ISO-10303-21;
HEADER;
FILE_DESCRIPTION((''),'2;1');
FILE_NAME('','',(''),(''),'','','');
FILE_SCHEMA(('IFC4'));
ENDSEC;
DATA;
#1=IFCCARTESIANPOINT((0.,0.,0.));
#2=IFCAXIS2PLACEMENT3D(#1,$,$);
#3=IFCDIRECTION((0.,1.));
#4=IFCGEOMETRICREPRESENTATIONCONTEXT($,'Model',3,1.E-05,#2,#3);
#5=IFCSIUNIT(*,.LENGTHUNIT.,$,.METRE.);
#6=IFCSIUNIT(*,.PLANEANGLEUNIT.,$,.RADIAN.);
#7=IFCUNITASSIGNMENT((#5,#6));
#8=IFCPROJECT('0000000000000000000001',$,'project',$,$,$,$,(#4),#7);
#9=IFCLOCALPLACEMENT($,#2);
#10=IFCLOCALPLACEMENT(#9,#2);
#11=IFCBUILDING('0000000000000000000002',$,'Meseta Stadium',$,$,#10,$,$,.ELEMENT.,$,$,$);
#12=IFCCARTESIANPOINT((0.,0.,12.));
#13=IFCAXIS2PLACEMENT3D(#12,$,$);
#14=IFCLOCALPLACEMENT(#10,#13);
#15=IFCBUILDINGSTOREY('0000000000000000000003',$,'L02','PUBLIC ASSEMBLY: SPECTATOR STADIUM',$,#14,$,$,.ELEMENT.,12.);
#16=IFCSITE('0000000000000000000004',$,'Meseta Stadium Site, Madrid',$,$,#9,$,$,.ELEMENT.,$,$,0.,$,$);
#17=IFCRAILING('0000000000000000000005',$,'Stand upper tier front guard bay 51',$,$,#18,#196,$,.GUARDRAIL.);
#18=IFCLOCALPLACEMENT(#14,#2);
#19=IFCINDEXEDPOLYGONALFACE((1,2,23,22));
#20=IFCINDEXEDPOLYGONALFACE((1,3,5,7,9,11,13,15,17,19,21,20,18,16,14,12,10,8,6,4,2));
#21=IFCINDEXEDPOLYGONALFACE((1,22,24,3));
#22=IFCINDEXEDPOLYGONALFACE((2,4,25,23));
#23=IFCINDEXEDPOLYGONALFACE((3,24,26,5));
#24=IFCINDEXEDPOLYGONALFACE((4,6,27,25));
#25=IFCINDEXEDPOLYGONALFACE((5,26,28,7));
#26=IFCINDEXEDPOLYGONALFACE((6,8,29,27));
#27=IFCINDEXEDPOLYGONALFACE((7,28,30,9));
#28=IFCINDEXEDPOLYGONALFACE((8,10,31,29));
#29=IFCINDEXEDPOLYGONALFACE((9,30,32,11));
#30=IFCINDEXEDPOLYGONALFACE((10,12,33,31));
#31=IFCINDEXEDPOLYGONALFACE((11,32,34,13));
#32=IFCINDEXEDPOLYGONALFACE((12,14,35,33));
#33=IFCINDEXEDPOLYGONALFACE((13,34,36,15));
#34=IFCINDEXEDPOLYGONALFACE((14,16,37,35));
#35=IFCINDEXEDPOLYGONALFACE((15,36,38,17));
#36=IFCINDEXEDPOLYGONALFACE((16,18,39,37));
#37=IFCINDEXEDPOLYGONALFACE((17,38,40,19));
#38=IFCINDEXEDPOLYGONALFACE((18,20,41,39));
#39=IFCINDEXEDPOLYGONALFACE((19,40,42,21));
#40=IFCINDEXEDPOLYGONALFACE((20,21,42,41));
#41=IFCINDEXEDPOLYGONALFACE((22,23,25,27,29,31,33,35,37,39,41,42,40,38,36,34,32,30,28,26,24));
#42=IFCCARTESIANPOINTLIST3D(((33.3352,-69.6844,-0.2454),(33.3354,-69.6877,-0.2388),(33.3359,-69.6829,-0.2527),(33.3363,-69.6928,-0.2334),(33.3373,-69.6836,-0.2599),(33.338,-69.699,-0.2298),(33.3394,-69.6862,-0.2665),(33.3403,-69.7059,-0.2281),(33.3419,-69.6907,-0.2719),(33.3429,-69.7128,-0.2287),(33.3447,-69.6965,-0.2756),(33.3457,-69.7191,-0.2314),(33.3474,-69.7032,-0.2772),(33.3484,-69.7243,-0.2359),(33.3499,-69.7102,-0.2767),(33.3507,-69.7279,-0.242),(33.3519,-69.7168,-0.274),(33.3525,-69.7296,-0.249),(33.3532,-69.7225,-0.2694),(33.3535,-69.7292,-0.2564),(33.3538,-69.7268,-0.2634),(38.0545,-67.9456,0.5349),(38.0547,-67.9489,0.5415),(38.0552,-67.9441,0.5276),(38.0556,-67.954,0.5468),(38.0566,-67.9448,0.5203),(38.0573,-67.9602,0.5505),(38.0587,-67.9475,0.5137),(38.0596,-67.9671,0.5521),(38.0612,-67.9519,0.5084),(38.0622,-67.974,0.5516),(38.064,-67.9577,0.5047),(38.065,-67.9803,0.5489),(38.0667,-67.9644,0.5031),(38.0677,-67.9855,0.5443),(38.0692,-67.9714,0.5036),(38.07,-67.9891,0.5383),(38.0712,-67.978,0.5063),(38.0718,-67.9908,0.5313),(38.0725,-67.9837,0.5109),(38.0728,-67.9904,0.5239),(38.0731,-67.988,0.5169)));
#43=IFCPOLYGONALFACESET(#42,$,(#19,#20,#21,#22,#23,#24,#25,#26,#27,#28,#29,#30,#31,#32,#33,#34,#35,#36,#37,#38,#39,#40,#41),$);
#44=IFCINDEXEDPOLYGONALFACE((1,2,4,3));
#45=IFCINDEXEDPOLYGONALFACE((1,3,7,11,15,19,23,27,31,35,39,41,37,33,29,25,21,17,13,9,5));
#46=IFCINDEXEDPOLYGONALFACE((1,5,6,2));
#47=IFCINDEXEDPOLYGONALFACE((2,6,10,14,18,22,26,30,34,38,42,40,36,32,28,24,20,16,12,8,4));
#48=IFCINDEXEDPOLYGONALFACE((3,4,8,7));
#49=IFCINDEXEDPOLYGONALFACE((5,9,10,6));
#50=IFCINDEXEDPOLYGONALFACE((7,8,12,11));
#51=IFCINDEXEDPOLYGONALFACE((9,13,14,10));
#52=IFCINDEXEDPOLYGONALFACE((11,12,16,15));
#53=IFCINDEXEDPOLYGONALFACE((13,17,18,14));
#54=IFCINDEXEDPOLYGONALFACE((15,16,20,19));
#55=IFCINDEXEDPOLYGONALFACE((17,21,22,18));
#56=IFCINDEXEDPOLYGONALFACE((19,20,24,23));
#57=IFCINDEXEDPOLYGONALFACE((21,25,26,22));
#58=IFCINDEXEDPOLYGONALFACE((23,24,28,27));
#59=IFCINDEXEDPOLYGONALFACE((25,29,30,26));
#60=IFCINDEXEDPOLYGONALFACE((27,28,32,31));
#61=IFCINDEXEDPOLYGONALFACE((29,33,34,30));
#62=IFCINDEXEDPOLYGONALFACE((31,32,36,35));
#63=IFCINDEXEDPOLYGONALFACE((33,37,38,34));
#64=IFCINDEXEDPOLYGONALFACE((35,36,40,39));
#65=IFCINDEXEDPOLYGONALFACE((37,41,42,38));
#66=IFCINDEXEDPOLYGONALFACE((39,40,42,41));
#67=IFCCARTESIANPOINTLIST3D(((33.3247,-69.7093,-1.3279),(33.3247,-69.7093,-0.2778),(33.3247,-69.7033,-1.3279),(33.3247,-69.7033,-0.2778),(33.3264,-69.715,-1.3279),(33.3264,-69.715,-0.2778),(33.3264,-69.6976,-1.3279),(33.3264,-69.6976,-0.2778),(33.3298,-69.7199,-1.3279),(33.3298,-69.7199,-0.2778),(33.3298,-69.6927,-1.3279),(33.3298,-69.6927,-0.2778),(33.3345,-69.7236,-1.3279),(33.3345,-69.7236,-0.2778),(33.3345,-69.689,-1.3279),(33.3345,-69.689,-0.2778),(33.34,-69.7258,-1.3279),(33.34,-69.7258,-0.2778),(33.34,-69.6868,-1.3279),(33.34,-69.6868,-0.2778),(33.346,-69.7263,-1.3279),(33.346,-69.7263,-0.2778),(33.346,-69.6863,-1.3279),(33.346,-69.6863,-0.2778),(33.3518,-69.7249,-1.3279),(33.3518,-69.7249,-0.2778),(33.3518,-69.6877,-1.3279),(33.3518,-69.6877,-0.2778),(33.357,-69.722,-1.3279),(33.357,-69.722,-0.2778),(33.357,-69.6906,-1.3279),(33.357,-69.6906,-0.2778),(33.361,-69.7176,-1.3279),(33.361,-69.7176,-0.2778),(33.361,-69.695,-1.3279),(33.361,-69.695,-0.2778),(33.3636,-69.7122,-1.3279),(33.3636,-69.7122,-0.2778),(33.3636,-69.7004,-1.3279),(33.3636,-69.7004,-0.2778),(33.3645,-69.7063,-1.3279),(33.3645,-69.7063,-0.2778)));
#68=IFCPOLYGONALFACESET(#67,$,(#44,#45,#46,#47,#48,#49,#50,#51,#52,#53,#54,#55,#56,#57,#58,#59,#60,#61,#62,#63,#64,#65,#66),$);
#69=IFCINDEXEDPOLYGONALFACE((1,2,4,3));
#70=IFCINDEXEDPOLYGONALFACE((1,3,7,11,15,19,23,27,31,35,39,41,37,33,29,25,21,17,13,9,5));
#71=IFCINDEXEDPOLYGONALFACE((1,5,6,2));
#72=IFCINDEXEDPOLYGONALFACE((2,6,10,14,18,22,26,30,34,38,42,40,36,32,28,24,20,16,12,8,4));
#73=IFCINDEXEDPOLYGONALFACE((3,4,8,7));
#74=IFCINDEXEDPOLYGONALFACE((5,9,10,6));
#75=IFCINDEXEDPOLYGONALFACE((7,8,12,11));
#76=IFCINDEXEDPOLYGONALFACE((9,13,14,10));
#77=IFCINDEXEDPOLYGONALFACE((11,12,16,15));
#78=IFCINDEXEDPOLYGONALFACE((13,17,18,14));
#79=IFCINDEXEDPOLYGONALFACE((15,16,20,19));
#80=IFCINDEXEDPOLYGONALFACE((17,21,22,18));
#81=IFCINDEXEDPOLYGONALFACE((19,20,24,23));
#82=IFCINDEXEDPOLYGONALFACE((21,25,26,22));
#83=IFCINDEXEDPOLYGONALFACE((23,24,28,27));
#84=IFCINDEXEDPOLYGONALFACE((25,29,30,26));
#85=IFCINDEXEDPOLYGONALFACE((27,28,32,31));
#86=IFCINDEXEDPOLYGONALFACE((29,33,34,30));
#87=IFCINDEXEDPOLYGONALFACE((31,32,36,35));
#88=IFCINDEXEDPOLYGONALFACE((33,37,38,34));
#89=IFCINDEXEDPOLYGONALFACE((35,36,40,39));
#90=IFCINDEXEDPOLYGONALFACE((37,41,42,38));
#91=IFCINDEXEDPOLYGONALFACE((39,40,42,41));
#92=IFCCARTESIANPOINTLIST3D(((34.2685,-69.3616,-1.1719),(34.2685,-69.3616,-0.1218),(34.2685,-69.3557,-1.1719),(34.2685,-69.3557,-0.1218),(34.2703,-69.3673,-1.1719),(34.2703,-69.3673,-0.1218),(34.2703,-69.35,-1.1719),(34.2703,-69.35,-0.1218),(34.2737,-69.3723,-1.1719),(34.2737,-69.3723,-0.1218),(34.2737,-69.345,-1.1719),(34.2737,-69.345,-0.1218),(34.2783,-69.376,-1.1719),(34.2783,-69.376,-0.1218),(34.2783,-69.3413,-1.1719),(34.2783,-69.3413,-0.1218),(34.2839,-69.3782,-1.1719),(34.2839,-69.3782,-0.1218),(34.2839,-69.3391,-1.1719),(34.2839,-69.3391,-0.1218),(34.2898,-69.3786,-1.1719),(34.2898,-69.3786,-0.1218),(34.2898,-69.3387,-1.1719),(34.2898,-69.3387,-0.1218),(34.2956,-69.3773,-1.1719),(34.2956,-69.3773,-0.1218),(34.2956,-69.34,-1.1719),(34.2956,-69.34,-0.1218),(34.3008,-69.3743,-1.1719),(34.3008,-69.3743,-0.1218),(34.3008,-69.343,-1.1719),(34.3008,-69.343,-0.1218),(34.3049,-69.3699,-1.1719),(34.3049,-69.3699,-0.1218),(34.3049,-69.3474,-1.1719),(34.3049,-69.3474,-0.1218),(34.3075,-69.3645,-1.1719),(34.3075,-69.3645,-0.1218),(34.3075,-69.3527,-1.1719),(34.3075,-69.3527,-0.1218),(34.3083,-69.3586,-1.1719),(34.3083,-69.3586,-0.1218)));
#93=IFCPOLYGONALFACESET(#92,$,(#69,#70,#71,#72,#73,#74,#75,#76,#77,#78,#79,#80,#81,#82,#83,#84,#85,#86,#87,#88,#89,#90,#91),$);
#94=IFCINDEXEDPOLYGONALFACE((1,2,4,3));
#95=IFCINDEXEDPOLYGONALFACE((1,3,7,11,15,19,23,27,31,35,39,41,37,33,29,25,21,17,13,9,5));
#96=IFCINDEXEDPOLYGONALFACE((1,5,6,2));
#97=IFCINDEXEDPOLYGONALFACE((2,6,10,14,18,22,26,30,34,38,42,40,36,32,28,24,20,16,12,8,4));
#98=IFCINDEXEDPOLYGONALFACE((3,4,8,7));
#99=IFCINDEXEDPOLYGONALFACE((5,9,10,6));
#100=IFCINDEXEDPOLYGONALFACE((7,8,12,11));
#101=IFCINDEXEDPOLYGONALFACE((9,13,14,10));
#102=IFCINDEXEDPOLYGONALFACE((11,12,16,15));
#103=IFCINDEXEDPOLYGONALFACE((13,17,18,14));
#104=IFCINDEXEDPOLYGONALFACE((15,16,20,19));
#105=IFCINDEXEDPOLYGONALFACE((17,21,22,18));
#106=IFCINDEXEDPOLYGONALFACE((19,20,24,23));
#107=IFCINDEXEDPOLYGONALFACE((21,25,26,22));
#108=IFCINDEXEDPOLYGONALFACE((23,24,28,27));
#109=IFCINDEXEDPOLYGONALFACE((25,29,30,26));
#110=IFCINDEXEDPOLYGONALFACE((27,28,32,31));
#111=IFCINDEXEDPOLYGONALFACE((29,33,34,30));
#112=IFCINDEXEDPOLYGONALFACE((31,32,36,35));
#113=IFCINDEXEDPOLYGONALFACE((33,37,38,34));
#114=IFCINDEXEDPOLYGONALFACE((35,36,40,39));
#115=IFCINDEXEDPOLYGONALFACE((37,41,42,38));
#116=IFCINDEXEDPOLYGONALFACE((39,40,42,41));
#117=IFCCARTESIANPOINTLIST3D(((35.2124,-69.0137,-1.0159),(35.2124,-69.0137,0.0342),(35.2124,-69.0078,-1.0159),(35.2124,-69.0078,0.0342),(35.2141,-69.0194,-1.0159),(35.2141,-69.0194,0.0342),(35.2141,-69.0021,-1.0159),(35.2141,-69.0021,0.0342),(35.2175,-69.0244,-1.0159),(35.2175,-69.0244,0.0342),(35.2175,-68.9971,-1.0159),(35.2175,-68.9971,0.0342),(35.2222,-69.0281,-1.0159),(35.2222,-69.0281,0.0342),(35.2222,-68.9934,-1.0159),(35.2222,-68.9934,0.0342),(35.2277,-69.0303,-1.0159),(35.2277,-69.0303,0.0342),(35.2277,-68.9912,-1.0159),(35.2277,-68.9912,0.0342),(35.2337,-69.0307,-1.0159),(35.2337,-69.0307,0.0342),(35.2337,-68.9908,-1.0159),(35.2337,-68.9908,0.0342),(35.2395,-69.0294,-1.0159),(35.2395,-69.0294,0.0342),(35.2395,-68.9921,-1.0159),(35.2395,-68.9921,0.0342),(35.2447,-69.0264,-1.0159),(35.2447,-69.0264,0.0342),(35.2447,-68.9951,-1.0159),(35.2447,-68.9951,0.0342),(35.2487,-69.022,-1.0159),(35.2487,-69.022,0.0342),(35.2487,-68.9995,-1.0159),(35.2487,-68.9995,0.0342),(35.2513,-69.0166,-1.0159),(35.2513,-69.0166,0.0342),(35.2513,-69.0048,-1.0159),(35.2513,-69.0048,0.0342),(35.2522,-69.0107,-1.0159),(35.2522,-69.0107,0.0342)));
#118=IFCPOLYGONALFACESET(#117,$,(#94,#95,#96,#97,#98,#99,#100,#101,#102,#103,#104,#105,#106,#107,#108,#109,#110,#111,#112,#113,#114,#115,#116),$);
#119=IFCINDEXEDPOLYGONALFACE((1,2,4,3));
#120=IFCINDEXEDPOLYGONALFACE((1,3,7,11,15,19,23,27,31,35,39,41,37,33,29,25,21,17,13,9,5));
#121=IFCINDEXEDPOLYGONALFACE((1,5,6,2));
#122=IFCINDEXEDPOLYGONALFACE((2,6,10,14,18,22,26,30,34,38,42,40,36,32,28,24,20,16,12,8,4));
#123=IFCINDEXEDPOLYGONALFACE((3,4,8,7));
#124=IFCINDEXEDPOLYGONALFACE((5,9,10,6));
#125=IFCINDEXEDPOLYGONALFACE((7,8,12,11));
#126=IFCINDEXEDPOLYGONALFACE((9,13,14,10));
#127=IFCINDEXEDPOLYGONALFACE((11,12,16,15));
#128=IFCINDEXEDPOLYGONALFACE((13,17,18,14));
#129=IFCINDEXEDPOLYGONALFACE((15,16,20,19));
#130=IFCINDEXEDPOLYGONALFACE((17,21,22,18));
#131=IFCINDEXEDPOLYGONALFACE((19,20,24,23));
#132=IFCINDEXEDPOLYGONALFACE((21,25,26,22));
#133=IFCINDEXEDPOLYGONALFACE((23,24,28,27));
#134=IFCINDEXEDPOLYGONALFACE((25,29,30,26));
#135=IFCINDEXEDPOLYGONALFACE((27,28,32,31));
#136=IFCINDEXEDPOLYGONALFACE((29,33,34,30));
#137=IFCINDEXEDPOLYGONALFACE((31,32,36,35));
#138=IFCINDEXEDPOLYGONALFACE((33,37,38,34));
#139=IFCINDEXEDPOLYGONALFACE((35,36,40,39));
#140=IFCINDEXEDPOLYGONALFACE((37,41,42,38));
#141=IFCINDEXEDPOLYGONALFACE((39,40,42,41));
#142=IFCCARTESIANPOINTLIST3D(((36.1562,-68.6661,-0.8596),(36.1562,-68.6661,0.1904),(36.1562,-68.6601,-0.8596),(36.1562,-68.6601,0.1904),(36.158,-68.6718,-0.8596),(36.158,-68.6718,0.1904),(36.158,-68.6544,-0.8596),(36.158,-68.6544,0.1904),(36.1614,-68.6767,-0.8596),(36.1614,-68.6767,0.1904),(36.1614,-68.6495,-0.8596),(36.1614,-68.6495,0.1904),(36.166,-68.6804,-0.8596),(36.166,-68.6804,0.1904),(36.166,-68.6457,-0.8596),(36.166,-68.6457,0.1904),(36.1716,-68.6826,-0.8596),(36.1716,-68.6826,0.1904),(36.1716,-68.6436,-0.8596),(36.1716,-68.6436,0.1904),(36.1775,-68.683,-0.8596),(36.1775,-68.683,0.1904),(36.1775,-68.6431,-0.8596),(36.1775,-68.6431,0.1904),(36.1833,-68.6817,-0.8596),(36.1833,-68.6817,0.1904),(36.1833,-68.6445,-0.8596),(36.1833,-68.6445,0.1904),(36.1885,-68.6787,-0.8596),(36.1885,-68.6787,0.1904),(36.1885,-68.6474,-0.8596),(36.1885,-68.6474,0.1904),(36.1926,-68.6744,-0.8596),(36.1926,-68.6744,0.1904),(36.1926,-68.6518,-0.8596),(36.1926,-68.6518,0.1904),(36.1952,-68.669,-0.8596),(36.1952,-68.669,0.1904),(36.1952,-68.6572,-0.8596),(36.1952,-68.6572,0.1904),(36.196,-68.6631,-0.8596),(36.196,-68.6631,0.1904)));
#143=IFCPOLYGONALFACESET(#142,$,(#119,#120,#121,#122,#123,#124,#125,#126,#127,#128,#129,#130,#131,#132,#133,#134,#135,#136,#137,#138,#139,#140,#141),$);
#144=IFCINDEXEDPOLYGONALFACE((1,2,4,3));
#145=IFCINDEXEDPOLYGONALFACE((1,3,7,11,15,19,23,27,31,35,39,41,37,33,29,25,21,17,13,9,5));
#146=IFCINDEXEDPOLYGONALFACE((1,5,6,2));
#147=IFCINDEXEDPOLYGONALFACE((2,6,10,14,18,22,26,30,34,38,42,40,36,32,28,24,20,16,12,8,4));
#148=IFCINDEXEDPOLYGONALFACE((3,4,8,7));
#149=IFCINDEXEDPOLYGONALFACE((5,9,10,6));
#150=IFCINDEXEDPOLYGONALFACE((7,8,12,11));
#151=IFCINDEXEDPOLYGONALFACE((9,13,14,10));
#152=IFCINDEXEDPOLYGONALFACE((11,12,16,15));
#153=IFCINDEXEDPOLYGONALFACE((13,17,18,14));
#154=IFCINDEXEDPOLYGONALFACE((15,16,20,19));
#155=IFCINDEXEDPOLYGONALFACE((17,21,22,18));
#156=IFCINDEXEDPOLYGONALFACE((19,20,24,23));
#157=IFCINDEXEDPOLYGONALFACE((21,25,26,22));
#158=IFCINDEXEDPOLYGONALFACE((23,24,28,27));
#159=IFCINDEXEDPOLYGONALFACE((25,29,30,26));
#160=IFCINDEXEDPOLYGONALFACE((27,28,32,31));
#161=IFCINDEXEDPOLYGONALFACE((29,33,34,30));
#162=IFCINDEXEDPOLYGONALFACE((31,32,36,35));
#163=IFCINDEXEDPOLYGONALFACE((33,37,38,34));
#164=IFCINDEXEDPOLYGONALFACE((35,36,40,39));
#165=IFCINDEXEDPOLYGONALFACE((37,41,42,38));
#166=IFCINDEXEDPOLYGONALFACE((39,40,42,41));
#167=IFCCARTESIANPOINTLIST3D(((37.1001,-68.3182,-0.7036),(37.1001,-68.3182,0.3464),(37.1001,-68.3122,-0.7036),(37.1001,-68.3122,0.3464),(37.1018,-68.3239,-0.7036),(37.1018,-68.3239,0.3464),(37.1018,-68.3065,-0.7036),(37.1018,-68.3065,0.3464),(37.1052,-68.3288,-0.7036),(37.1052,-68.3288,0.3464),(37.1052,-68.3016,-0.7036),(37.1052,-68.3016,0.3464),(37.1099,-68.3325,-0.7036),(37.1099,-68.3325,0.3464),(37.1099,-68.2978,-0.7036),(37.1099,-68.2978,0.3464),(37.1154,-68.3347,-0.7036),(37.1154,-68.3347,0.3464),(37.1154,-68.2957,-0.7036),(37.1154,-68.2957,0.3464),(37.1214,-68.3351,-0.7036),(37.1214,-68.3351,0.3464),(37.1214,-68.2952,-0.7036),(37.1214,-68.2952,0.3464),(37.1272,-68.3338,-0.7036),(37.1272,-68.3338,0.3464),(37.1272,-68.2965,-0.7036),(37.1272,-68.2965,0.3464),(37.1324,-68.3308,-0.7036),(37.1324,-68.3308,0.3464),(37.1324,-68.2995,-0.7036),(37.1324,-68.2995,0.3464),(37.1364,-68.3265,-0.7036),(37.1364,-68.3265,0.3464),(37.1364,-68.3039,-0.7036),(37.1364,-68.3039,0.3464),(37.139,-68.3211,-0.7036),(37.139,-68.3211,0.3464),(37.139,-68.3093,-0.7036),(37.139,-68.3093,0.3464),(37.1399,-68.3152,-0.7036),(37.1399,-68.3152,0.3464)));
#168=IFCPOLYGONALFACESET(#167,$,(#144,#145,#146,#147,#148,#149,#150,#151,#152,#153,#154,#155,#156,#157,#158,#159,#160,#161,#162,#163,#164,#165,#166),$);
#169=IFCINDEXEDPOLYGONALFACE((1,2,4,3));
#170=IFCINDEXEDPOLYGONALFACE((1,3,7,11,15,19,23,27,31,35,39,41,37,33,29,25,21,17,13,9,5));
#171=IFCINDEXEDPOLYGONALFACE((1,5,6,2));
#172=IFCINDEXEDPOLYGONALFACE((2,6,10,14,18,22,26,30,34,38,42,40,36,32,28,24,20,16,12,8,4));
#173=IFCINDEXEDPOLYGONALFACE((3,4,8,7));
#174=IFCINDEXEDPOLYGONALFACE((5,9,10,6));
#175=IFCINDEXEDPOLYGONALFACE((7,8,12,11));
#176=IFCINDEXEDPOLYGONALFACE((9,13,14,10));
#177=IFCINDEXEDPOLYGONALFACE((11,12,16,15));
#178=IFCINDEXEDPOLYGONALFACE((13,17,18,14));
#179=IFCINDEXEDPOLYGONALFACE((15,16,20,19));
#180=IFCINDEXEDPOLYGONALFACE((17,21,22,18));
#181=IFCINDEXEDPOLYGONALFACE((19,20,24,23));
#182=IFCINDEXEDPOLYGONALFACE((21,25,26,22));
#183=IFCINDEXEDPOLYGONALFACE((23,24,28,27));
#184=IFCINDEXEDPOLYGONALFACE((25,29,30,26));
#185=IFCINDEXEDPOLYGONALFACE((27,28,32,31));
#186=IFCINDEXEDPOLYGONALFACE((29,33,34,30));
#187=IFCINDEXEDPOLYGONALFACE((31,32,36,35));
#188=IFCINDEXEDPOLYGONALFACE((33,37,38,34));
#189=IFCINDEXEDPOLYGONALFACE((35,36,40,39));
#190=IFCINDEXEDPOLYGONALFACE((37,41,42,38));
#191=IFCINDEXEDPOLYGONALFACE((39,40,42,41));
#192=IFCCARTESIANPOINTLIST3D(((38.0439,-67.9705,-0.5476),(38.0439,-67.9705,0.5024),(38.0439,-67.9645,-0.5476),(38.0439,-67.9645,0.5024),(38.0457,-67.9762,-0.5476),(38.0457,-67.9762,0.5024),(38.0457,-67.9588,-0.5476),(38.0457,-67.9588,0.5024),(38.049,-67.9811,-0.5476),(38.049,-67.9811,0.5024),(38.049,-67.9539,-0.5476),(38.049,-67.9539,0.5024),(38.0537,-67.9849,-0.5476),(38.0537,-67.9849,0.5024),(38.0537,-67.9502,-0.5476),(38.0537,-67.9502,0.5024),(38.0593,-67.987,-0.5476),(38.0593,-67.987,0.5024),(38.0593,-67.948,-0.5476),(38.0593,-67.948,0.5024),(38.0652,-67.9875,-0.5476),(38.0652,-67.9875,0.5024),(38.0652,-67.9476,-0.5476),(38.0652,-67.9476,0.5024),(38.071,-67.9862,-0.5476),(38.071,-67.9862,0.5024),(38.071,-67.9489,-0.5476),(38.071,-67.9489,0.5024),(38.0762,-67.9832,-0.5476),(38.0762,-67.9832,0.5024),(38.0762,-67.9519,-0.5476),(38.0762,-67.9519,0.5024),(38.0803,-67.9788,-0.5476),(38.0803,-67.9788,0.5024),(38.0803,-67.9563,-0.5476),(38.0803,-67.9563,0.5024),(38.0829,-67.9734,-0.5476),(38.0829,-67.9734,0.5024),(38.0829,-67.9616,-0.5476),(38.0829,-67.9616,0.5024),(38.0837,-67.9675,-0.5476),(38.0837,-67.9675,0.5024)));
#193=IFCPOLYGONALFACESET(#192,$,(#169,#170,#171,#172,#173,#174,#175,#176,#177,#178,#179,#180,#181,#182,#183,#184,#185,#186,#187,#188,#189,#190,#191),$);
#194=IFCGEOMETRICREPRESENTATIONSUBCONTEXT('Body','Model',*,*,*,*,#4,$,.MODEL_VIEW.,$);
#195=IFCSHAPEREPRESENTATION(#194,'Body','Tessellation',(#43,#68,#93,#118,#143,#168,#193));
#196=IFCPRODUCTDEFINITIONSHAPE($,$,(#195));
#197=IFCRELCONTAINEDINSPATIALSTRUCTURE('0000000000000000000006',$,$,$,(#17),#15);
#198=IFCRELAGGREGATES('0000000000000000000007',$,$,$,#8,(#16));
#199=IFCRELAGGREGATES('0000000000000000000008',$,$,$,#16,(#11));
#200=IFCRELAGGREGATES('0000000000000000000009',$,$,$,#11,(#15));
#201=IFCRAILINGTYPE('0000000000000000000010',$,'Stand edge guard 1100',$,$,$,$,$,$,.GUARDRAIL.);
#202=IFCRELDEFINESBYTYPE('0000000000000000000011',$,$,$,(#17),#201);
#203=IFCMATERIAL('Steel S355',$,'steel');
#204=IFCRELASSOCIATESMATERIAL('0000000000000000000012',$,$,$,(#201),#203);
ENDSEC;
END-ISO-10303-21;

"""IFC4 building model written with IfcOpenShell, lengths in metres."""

from ifc_helpers import new_model, si_unit, direction, frame, origin, origin_2d, place, context, subcontext, project, spatial, circle, extrude, material, type_object, element, save


model = new_model("IFC4")

# Units and contexts
model_context = context("Model", 3, precision=1e-05, world=origin(), true_north=direction((0.0, 1.0)))
body_context = subcontext(model_context, "Body", "Model", "MODEL_VIEW")
ifc_project = project(units=[si_unit("LENGTHUNIT", "METRE"), si_unit("PLANEANGLEUNIT", "RADIAN")], contexts=[model_context])

# Site, building, storey
site_placement = place(None, origin())
site = spatial("IfcSite", under=ifc_project, at=site_placement, Name="Meseta Stadium Site, Madrid", CompositionType="ELEMENT", RefElevation=0.0)
building_placement = place(site_placement, origin())
building = spatial("IfcBuilding", under=site, at=building_placement, Name="Meseta Stadium", CompositionType="ELEMENT")
storey_placement = place(building_placement, frame((0.0, 0.0, 12.0)))
storey = spatial("IfcBuildingStorey", under=building, at=storey_placement, Name="L02", Description="PUBLIC ASSEMBLY: SPECTATOR STADIUM", CompositionType="ELEMENT", Elevation=12.0)

# Railing
ifc_material_1 = material(Name="Steel S355", Category="steel")
railing_type = type_object("IfcRailingType", Name="Stand edge guard 1100", PredefinedType="GUARDRAIL", material=ifc_material_1)
railing_1_placement = place(storey_placement, frame((33.3445, -69.7063, -1.3279)))
element("IfcRailing", 1, at=railing_1_placement, inside=storey, type_object=railing_type, Name="Stand upper tier front guard bay 51", PredefinedType="GUARDRAIL", context=body_context, shape_type="SweptSolid", body=[
    extrude(circle(Radius=0.0249, at=origin_2d()), frame((0.0, 0.0, 1.0752), z_axis=(0.927244, 0.341636, 0.153309), x_axis=(-0.345723, 0.938336, 0.0)), (0.0, 0.0, 1.0), 5.0896),
    extrude(circle(Radius=0.02, at=origin_2d()), origin(), (0.0, 0.0, 1.0), 1.05),
    extrude(circle(Radius=0.02, at=origin_2d()), frame((0.9438, 0.3477, 0.156)), (0.0, 0.0, 1.0), 1.05),
    extrude(circle(Radius=0.02, at=origin_2d()), frame((1.8877, 0.6956, 0.312)), (0.0, 0.0, 1.0), 1.05),
    extrude(circle(Radius=0.02, at=origin_2d()), frame((2.8315, 1.0432, 0.4683)), (0.0, 0.0, 1.0), 1.05),
    extrude(circle(Radius=0.02, at=origin_2d()), frame((3.7754, 1.3911, 0.6243)), (0.0, 0.0, 1.0), 1.05),
    extrude(circle(Radius=0.02, at=origin_2d()), frame((4.7192, 1.7388, 0.7803)), (0.0, 0.0, 1.0), 1.05),
])

save(model, "model.ifc")
